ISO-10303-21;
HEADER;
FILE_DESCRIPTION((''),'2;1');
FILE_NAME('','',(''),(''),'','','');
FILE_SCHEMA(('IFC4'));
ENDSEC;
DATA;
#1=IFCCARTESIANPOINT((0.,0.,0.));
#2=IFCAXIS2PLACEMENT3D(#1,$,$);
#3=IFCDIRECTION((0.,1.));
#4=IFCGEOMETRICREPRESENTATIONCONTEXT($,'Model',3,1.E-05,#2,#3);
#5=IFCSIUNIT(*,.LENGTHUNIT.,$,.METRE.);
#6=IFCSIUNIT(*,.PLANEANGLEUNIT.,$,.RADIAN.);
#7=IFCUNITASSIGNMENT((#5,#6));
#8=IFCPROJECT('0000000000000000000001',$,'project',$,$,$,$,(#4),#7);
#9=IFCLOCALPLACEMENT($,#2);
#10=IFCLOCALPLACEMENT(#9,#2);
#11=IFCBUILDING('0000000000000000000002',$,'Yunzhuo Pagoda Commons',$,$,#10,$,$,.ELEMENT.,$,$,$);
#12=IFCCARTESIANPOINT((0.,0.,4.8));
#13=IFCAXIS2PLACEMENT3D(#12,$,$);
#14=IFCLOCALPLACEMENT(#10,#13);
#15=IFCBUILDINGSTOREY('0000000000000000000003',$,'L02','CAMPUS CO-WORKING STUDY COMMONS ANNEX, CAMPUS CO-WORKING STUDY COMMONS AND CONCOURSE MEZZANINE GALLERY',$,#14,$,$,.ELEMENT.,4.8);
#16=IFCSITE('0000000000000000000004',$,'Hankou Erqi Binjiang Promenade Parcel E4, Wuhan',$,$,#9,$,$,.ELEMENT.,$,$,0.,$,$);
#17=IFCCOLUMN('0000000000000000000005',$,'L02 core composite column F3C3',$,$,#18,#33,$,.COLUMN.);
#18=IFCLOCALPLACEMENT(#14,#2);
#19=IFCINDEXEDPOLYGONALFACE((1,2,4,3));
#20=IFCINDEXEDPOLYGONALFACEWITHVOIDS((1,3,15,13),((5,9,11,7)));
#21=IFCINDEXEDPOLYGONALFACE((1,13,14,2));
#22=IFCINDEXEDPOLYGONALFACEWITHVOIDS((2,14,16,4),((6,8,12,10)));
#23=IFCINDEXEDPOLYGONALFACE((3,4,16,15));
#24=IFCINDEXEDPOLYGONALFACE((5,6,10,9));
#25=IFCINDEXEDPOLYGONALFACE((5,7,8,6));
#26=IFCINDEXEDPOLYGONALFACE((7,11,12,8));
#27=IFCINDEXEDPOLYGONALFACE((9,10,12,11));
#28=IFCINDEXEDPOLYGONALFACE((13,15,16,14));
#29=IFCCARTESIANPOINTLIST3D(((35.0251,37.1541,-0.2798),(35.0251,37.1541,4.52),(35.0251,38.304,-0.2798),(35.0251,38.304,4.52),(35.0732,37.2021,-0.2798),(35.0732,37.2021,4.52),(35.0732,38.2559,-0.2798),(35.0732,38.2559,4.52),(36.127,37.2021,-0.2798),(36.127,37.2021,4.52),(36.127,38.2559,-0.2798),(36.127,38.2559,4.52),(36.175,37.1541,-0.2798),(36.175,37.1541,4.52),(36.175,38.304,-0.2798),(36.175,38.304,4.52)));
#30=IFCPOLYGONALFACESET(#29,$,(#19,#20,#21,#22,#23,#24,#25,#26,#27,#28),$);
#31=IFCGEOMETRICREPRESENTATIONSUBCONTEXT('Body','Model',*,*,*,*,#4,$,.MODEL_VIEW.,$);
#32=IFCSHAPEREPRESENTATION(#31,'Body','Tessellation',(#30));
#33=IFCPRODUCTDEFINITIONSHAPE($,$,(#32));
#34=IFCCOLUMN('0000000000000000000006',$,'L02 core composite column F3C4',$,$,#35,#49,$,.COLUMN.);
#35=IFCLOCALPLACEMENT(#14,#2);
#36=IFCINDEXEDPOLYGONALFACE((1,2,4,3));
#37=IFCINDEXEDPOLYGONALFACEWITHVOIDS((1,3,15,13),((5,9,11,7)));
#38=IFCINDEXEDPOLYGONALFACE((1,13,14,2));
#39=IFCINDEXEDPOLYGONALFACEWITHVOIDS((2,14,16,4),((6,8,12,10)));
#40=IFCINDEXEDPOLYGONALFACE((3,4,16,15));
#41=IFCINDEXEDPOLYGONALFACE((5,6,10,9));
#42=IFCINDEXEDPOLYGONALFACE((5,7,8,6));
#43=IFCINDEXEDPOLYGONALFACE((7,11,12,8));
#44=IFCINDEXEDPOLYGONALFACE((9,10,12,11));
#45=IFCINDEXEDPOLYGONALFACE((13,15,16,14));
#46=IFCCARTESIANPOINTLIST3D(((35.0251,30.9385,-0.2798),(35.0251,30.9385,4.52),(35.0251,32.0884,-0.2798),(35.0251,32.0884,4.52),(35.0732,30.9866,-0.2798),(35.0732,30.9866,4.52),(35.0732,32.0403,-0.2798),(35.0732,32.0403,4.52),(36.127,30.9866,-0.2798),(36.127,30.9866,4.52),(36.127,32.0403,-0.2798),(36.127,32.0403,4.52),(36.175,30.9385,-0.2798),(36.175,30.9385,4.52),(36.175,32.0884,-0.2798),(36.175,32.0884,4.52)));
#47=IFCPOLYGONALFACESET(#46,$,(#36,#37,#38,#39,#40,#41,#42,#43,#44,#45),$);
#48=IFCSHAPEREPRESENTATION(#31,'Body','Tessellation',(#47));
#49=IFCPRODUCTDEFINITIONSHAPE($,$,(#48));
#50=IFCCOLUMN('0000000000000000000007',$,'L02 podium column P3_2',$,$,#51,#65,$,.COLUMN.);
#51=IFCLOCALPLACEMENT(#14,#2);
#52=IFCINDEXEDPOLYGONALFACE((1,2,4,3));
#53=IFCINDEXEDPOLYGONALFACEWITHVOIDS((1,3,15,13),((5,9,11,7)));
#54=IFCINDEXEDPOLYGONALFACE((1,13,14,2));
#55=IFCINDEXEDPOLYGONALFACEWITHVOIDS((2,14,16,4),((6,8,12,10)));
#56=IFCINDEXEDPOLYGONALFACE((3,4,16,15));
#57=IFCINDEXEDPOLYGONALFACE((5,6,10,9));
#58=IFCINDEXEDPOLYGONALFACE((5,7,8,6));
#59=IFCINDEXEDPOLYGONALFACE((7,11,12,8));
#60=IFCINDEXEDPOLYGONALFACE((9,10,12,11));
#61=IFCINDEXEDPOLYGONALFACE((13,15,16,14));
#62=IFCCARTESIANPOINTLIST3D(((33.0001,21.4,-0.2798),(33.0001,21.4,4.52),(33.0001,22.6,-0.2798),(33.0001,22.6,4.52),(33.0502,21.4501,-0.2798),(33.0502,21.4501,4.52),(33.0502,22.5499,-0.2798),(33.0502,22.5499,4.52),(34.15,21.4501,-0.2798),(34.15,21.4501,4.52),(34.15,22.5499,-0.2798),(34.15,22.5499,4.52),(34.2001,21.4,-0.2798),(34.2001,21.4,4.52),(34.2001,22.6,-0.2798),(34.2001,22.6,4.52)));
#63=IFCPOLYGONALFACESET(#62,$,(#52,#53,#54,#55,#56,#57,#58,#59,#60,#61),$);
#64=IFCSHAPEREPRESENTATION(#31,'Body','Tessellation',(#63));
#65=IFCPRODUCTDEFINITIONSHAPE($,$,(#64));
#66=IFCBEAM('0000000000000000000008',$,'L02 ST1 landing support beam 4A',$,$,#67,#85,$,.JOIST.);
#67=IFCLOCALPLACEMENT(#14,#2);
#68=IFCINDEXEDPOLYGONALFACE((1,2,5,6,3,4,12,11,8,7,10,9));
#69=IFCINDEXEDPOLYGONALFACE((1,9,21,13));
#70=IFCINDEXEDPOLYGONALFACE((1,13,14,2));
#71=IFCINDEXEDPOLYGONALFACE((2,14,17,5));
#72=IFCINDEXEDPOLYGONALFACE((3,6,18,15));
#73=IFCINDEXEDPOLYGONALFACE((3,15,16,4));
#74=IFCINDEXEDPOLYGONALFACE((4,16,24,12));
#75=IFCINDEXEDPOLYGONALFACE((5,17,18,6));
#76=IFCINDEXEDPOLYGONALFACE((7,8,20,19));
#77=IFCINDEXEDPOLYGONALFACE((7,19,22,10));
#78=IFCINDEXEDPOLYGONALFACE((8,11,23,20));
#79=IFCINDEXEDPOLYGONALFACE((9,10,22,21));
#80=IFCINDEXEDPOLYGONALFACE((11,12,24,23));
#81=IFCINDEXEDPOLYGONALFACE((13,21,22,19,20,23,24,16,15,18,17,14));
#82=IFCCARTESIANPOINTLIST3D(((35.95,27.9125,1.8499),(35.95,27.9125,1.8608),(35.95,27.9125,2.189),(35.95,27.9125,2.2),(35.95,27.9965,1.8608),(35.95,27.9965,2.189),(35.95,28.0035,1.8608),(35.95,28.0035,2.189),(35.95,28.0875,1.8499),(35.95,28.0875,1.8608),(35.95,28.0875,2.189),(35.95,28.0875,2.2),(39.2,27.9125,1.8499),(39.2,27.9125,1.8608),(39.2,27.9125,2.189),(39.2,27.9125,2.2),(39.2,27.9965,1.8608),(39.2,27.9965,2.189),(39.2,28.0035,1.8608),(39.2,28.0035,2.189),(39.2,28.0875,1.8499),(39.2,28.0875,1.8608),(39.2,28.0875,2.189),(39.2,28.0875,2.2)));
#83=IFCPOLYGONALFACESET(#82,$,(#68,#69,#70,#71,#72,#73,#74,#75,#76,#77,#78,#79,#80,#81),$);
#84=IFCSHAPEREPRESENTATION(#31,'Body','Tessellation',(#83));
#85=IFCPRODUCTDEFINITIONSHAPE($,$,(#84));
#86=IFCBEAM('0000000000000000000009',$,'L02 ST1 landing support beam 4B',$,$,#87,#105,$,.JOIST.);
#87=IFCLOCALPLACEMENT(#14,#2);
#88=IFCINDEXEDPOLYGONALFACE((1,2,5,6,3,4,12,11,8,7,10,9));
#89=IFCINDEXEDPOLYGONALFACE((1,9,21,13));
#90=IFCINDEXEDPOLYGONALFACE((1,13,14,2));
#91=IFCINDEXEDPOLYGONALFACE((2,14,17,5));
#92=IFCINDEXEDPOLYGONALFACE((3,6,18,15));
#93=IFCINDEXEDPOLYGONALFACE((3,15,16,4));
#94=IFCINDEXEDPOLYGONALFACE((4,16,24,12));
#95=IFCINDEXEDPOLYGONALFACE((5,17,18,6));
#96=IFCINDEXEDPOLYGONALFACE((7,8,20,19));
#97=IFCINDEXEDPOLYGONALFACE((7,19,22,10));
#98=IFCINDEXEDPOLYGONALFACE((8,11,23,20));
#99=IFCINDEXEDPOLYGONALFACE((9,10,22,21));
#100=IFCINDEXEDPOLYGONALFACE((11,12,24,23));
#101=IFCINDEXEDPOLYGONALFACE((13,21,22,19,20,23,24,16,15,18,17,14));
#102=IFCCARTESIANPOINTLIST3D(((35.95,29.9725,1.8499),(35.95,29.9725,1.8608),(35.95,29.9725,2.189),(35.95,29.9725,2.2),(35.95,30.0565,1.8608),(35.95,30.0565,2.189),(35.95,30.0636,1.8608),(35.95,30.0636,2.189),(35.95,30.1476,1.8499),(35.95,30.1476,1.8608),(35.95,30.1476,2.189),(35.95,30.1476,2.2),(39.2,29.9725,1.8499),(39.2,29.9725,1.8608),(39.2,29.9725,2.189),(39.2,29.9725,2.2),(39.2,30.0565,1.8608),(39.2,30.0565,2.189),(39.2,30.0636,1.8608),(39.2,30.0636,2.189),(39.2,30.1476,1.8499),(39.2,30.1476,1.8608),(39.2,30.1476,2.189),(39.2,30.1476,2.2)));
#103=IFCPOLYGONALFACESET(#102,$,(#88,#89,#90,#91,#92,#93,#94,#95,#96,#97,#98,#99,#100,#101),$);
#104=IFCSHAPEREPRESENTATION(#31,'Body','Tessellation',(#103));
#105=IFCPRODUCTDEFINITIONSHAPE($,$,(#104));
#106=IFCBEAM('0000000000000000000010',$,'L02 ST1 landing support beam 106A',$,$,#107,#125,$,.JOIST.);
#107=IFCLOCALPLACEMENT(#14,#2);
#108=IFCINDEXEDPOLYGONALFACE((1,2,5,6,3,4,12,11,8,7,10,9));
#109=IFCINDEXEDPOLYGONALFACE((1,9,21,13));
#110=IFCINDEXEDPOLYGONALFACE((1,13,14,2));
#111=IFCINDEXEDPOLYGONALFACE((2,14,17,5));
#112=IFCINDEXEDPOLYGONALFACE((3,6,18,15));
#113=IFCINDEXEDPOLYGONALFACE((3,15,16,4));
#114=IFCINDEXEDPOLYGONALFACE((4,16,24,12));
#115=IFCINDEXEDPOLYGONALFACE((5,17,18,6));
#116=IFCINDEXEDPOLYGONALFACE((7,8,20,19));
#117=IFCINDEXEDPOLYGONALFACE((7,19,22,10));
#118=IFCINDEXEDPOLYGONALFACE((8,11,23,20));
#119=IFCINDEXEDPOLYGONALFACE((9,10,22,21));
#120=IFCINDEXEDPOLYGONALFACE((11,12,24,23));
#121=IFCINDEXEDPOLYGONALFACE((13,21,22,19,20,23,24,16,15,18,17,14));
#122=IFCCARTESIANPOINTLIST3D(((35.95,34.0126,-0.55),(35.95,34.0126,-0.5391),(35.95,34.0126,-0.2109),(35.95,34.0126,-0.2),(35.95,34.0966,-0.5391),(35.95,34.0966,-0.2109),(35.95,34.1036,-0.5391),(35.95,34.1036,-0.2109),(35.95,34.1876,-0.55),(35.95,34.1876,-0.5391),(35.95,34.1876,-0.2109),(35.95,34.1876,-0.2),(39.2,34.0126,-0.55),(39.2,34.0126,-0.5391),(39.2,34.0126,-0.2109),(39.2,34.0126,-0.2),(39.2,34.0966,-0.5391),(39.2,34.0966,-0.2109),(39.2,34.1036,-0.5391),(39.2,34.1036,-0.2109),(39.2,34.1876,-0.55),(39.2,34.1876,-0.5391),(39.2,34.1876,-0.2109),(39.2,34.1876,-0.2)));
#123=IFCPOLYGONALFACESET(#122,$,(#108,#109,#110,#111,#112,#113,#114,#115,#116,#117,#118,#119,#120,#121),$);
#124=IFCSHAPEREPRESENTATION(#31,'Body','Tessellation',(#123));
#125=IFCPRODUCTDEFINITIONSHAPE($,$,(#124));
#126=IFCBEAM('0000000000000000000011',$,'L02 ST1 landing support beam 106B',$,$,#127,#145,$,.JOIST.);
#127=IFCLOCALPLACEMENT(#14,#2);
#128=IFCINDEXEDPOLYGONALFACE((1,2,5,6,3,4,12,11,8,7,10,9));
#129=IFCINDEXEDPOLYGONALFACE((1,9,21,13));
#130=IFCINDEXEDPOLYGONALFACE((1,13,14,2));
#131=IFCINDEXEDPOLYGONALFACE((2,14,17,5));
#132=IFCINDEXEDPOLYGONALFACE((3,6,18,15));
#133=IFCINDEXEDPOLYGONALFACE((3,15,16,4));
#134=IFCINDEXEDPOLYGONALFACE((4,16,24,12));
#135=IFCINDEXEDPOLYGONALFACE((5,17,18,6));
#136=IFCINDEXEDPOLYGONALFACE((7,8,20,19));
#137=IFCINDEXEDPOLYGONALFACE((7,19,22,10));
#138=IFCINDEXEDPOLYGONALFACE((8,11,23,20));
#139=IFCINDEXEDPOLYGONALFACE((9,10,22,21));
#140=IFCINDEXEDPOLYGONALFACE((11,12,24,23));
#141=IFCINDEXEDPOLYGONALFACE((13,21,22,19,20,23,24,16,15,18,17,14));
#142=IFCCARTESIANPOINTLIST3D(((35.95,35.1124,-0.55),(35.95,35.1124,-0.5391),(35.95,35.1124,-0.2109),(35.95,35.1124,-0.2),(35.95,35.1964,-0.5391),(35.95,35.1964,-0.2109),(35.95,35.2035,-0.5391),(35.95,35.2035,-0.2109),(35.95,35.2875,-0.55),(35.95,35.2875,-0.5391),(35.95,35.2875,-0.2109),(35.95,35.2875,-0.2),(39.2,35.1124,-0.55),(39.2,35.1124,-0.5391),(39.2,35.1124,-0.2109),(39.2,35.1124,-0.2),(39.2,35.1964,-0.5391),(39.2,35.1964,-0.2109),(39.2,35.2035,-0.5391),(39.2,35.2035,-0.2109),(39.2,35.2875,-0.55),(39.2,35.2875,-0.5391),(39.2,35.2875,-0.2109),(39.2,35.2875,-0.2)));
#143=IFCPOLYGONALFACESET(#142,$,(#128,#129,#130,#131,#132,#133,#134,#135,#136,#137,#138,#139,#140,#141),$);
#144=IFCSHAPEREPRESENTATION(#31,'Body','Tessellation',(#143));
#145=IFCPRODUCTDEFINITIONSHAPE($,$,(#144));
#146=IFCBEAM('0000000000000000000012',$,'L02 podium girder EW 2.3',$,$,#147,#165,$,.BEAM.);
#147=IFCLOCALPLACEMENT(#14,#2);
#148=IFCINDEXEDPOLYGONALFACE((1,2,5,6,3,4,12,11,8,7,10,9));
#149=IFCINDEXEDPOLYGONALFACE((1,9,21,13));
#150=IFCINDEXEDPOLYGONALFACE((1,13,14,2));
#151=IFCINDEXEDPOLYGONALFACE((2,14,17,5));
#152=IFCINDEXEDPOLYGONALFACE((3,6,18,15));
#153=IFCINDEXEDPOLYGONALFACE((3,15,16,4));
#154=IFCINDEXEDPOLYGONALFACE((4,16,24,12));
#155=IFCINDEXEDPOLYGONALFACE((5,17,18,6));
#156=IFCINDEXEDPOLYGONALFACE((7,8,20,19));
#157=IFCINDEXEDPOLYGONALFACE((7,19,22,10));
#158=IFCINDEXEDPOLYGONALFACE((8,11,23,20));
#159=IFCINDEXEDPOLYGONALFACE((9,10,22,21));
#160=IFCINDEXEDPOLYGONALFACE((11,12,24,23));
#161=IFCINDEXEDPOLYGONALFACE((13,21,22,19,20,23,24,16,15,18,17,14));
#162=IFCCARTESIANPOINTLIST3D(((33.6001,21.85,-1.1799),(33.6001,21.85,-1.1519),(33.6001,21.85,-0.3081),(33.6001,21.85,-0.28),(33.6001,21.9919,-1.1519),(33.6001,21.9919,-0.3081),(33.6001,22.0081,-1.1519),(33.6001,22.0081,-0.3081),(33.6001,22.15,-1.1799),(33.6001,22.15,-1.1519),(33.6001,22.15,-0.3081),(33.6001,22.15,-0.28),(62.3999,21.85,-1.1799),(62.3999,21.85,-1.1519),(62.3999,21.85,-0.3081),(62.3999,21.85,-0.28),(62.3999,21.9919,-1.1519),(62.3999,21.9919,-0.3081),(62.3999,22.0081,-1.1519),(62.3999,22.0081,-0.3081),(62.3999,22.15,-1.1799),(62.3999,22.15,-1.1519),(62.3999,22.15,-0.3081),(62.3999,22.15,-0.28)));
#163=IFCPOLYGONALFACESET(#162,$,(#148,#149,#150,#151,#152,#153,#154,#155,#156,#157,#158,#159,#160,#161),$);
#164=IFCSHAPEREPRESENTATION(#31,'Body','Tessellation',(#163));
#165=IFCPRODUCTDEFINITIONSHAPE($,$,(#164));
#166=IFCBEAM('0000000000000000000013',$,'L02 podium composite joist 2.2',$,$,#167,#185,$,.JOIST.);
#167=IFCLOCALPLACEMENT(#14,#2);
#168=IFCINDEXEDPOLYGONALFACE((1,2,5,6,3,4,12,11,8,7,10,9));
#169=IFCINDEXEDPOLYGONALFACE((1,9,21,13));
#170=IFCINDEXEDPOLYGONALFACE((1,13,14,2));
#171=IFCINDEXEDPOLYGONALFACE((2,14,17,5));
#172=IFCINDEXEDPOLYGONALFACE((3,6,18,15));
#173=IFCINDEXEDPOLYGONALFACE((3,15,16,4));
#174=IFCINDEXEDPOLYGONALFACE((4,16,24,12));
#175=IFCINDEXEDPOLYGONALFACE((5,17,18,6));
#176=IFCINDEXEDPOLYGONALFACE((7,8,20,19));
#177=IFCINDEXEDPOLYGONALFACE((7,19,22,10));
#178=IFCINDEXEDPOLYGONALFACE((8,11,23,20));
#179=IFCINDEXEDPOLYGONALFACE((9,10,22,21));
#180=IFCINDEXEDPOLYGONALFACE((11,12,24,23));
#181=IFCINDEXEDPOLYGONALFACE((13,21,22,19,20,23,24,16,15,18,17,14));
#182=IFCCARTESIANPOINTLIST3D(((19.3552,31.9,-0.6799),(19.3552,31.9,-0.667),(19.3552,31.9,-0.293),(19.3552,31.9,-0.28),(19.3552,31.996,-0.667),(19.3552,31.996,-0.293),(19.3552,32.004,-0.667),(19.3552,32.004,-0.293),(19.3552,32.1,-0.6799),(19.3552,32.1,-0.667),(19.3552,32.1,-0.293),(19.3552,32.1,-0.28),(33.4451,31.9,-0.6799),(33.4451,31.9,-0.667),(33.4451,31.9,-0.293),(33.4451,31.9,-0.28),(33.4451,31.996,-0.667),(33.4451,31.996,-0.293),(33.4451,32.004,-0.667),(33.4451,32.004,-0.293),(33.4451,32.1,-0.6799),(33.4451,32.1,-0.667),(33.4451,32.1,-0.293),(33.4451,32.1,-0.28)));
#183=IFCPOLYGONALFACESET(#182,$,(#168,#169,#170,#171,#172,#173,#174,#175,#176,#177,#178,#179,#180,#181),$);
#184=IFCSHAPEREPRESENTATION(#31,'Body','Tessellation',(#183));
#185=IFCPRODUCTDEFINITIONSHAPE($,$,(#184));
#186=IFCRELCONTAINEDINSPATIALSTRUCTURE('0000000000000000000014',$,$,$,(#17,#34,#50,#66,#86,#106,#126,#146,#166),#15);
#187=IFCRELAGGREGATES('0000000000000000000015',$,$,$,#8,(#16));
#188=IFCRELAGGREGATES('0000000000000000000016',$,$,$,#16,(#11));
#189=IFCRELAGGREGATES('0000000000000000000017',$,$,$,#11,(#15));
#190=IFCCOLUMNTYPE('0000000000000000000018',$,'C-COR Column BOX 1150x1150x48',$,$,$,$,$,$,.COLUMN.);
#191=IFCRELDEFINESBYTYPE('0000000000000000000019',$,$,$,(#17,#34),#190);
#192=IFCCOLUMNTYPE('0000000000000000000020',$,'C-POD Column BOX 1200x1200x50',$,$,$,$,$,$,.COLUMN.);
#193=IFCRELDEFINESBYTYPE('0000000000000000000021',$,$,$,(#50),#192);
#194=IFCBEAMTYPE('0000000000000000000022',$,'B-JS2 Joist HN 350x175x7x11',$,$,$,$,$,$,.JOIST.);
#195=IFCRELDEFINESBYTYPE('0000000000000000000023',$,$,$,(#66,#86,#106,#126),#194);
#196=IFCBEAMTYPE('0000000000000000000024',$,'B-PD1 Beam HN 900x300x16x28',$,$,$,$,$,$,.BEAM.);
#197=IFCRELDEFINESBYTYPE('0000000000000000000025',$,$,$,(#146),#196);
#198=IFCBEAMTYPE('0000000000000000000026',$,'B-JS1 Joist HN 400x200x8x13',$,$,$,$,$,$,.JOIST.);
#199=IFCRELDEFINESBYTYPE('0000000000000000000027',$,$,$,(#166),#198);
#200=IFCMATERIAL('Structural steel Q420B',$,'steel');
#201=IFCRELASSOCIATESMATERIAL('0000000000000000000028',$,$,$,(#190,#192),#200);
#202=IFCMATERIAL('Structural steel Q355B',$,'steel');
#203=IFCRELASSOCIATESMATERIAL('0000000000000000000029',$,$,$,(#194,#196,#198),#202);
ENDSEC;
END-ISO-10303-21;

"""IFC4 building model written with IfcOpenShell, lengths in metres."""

from ifc_helpers import new_model, si_unit, direction, frame, origin, origin_2d, place, context, subcontext, project, spatial, hollow_rectangle, i_section, extrude, source, transform, mapped, material, material_profile, profile_set, type_object, element, save


model = new_model("IFC4")

# Units and contexts
model_context = context("Model", 3, precision=1e-05, world=origin(), true_north=direction((0.0, 1.0)))
body_context = subcontext(model_context, "Body", "Model", "MODEL_VIEW")
ifc_project = project(units=[si_unit("LENGTHUNIT", "METRE"), si_unit("PLANEANGLEUNIT", "RADIAN")], contexts=[model_context])

# Site, building, storey
site_placement = place(None, origin())
site = spatial("IfcSite", under=ifc_project, at=site_placement, Name="Hankou Erqi Binjiang Promenade Parcel E4, Wuhan", CompositionType="ELEMENT", RefElevation=0.0)
building_placement = place(site_placement, origin())
building = spatial("IfcBuilding", under=site, at=building_placement, Name="Yunzhuo Pagoda Commons", CompositionType="ELEMENT")
storey_placement = place(building_placement, frame((0.0, 0.0, 4.8)))
storey = spatial("IfcBuildingStorey", under=building, at=storey_placement, Name="L02", Description="CAMPUS CO-WORKING STUDY COMMONS ANNEX, CAMPUS CO-WORKING STUDY COMMONS AND CONCOURSE MEZZANINE GALLERY", CompositionType="ELEMENT", Elevation=4.8)

# Columns
ifc_material_1 = material(Name="Structural steel Q420B", Category="steel")
ifc_material_profile_1 = material_profile(ifc_material_1, hollow_rectangle(XDim=1.1499, YDim=1.1499, WallThickness=0.0481, at=origin_2d()), Name="Structural steel Q420B")
ifc_profile_set_1 = profile_set([ifc_material_profile_1], Name="Structural steel Q420B")
column_type_1 = type_object("IfcColumnType", Name="C-COR Column BOX 1150x1150x48", PredefinedType="COLUMN", material=ifc_profile_set_1)
shared_shape_1 = source(origin(), body_context, "Body", "SweptSolid", [
    extrude(hollow_rectangle(XDim=1.1499, YDim=1.1499, WallThickness=0.0481, at=origin_2d()), origin(), (0.0, 0.0, 1.0), 4.7998),
])
for number, where, z_axis, x_axis, name in (
    (1, (35.6001, 37.729, -0.2798), (0.0, 0.0, 1.0), (1.0, 0.0, 0.0), "L02 core composite column F3C3"),
    (2, (35.6001, 31.5134, -0.2798), (0.0, 0.0, 1.0), (1.0, 0.0, 0.0), "L02 core composite column F3C4"),
):
    element("IfcColumn", number, at=place(storey_placement, frame(where, z_axis=z_axis, x_axis=x_axis)), inside=storey, type_object=column_type_1, Name=name, PredefinedType="COLUMN", context=body_context, shape_type="MappedRepresentation", body=[
        mapped(shared_shape_1, transform((0.0, 0.0, 0.0), scale=1.0)),
    ])
ifc_material_profile_2 = material_profile(ifc_material_1, hollow_rectangle(XDim=1.2, YDim=1.2, WallThickness=0.05, at=origin_2d()), Name="Structural steel Q420B")
ifc_profile_set_2 = profile_set([ifc_material_profile_2], Name="Structural steel Q420B")
column_type_2 = type_object("IfcColumnType", Name="C-POD Column BOX 1200x1200x50", PredefinedType="COLUMN", material=ifc_profile_set_2)
shared_shape_2 = source(origin(), body_context, "Body", "SweptSolid", [
    extrude(hollow_rectangle(XDim=1.2, YDim=1.2, WallThickness=0.05, at=origin_2d()), origin(), (0.0, 0.0, 1.0), 4.7998),
])
column_placement = place(storey_placement, frame((33.6001, 22.0, -0.2798), z_axis=(0.0, 0.0, 1.0), x_axis=(1.0, 0.0, 0.0)))
element("IfcColumn", 3, at=column_placement, inside=storey, type_object=column_type_2, Name="L02 podium column P3_2", PredefinedType="COLUMN", context=body_context, shape_type="MappedRepresentation", body=[
    mapped(shared_shape_2, transform((0.0, 0.0, 0.0), scale=1.0)),
])

# Beams
ifc_material_2 = material(Name="Structural steel Q355B", Category="steel")
ifc_material_profile_3 = material_profile(ifc_material_2, i_section(OverallWidth=0.175, OverallDepth=0.3501, WebThickness=0.0071, FlangeThickness=0.011, at=origin_2d()), Name="Structural steel Q355B")
ifc_profile_set_3 = profile_set([ifc_material_profile_3], Name="Structural steel Q355B")
beam_type_1 = type_object("IfcBeamType", Name="B-JS2 Joist HN 350x175x7x11", PredefinedType="JOIST", material=ifc_profile_set_3)
shared_shape_3 = source(origin(), body_context, "Body", "SweptSolid", [
    extrude(i_section(OverallWidth=0.175, OverallDepth=0.3501, WebThickness=0.0071, FlangeThickness=0.011, at=origin_2d()), origin(), (0.0, 0.0, 1.0), 3.25),
])
for number, where, z_axis, x_axis, name in (
    (4, (35.95, 28.0, 2.0249), (1.0, 0.0, 0.0), (0.0, 1.0, 0.0), "L02 ST1 landing support beam 4A"),
    (5, (35.95, 30.0601, 2.0249), (1.0, 0.0, 0.0), (0.0, 1.0, 0.0), "L02 ST1 landing support beam 4B"),
    (6, (35.95, 34.1001, -0.375), (1.0, 0.0, 0.0), (0.0, 1.0, 0.0), "L02 ST1 landing support beam 106A"),
    (7, (35.95, 35.2, -0.375), (1.0, 0.0, 0.0), (0.0, 1.0, 0.0), "L02 ST1 landing support beam 106B"),
):
    element("IfcBeam", number, at=place(storey_placement, frame(where, z_axis=z_axis, x_axis=x_axis)), inside=storey, type_object=beam_type_1, Name=name, PredefinedType="JOIST", context=body_context, shape_type="MappedRepresentation", body=[
        mapped(shared_shape_3, transform((0.0, 0.0, 0.0), scale=1.0)),
    ])
ifc_material_profile_4 = material_profile(ifc_material_2, i_section(OverallWidth=0.3, OverallDepth=0.8999, WebThickness=0.0161, FlangeThickness=0.0281, at=origin_2d()), Name="Structural steel Q355B")
ifc_profile_set_4 = profile_set([ifc_material_profile_4], Name="Structural steel Q355B")
beam_type_2 = type_object("IfcBeamType", Name="B-PD1 Beam HN 900x300x16x28", PredefinedType="BEAM", material=ifc_profile_set_4)
shared_shape_4 = source(origin(), body_context, "Body", "SweptSolid", [
    extrude(i_section(OverallWidth=0.3, OverallDepth=0.8999, WebThickness=0.0161, FlangeThickness=0.0281, at=origin_2d()), origin(), (0.0, 0.0, 1.0), 28.7998),
])
beam_1_placement = place(storey_placement, frame((33.6001, 22.0, -0.73), z_axis=(1.0, 0.0, 0.0), x_axis=(0.0, 1.0, 0.0)))
element("IfcBeam", 8, at=beam_1_placement, inside=storey, type_object=beam_type_2, Name="L02 podium girder EW 2.3", PredefinedType="BEAM", context=body_context, shape_type="MappedRepresentation", body=[
    mapped(shared_shape_4, transform((0.0, 0.0, 0.0), scale=1.0)),
])
ifc_material_profile_5 = material_profile(ifc_material_2, i_section(OverallWidth=0.2, OverallDepth=0.3999, WebThickness=0.0081, FlangeThickness=0.0129, at=origin_2d()), Name="Structural steel Q355B")
ifc_profile_set_5 = profile_set([ifc_material_profile_5], Name="Structural steel Q355B")
beam_type_3 = type_object("IfcBeamType", Name="B-JS1 Joist HN 400x200x8x13", PredefinedType="JOIST", material=ifc_profile_set_5)
shared_shape_5 = source(origin(), body_context, "Body", "SweptSolid", [
    extrude(i_section(OverallWidth=0.2, OverallDepth=0.3999, WebThickness=0.0081, FlangeThickness=0.0129, at=origin_2d()), origin(), (0.0, 0.0, 1.0), 14.0898),
])
beam_2_placement = place(storey_placement, frame((19.3552, 32.0, -0.48), z_axis=(1.0, 0.0, 0.0), x_axis=(0.0, 1.0, 0.0)))
element("IfcBeam", 9, at=beam_2_placement, inside=storey, type_object=beam_type_3, Name="L02 podium composite joist 2.2", PredefinedType="JOIST", context=body_context, shape_type="MappedRepresentation", body=[
    mapped(shared_shape_5, transform((0.0, 0.0, 0.0), scale=1.0)),
])

save(model, "model.ifc")
